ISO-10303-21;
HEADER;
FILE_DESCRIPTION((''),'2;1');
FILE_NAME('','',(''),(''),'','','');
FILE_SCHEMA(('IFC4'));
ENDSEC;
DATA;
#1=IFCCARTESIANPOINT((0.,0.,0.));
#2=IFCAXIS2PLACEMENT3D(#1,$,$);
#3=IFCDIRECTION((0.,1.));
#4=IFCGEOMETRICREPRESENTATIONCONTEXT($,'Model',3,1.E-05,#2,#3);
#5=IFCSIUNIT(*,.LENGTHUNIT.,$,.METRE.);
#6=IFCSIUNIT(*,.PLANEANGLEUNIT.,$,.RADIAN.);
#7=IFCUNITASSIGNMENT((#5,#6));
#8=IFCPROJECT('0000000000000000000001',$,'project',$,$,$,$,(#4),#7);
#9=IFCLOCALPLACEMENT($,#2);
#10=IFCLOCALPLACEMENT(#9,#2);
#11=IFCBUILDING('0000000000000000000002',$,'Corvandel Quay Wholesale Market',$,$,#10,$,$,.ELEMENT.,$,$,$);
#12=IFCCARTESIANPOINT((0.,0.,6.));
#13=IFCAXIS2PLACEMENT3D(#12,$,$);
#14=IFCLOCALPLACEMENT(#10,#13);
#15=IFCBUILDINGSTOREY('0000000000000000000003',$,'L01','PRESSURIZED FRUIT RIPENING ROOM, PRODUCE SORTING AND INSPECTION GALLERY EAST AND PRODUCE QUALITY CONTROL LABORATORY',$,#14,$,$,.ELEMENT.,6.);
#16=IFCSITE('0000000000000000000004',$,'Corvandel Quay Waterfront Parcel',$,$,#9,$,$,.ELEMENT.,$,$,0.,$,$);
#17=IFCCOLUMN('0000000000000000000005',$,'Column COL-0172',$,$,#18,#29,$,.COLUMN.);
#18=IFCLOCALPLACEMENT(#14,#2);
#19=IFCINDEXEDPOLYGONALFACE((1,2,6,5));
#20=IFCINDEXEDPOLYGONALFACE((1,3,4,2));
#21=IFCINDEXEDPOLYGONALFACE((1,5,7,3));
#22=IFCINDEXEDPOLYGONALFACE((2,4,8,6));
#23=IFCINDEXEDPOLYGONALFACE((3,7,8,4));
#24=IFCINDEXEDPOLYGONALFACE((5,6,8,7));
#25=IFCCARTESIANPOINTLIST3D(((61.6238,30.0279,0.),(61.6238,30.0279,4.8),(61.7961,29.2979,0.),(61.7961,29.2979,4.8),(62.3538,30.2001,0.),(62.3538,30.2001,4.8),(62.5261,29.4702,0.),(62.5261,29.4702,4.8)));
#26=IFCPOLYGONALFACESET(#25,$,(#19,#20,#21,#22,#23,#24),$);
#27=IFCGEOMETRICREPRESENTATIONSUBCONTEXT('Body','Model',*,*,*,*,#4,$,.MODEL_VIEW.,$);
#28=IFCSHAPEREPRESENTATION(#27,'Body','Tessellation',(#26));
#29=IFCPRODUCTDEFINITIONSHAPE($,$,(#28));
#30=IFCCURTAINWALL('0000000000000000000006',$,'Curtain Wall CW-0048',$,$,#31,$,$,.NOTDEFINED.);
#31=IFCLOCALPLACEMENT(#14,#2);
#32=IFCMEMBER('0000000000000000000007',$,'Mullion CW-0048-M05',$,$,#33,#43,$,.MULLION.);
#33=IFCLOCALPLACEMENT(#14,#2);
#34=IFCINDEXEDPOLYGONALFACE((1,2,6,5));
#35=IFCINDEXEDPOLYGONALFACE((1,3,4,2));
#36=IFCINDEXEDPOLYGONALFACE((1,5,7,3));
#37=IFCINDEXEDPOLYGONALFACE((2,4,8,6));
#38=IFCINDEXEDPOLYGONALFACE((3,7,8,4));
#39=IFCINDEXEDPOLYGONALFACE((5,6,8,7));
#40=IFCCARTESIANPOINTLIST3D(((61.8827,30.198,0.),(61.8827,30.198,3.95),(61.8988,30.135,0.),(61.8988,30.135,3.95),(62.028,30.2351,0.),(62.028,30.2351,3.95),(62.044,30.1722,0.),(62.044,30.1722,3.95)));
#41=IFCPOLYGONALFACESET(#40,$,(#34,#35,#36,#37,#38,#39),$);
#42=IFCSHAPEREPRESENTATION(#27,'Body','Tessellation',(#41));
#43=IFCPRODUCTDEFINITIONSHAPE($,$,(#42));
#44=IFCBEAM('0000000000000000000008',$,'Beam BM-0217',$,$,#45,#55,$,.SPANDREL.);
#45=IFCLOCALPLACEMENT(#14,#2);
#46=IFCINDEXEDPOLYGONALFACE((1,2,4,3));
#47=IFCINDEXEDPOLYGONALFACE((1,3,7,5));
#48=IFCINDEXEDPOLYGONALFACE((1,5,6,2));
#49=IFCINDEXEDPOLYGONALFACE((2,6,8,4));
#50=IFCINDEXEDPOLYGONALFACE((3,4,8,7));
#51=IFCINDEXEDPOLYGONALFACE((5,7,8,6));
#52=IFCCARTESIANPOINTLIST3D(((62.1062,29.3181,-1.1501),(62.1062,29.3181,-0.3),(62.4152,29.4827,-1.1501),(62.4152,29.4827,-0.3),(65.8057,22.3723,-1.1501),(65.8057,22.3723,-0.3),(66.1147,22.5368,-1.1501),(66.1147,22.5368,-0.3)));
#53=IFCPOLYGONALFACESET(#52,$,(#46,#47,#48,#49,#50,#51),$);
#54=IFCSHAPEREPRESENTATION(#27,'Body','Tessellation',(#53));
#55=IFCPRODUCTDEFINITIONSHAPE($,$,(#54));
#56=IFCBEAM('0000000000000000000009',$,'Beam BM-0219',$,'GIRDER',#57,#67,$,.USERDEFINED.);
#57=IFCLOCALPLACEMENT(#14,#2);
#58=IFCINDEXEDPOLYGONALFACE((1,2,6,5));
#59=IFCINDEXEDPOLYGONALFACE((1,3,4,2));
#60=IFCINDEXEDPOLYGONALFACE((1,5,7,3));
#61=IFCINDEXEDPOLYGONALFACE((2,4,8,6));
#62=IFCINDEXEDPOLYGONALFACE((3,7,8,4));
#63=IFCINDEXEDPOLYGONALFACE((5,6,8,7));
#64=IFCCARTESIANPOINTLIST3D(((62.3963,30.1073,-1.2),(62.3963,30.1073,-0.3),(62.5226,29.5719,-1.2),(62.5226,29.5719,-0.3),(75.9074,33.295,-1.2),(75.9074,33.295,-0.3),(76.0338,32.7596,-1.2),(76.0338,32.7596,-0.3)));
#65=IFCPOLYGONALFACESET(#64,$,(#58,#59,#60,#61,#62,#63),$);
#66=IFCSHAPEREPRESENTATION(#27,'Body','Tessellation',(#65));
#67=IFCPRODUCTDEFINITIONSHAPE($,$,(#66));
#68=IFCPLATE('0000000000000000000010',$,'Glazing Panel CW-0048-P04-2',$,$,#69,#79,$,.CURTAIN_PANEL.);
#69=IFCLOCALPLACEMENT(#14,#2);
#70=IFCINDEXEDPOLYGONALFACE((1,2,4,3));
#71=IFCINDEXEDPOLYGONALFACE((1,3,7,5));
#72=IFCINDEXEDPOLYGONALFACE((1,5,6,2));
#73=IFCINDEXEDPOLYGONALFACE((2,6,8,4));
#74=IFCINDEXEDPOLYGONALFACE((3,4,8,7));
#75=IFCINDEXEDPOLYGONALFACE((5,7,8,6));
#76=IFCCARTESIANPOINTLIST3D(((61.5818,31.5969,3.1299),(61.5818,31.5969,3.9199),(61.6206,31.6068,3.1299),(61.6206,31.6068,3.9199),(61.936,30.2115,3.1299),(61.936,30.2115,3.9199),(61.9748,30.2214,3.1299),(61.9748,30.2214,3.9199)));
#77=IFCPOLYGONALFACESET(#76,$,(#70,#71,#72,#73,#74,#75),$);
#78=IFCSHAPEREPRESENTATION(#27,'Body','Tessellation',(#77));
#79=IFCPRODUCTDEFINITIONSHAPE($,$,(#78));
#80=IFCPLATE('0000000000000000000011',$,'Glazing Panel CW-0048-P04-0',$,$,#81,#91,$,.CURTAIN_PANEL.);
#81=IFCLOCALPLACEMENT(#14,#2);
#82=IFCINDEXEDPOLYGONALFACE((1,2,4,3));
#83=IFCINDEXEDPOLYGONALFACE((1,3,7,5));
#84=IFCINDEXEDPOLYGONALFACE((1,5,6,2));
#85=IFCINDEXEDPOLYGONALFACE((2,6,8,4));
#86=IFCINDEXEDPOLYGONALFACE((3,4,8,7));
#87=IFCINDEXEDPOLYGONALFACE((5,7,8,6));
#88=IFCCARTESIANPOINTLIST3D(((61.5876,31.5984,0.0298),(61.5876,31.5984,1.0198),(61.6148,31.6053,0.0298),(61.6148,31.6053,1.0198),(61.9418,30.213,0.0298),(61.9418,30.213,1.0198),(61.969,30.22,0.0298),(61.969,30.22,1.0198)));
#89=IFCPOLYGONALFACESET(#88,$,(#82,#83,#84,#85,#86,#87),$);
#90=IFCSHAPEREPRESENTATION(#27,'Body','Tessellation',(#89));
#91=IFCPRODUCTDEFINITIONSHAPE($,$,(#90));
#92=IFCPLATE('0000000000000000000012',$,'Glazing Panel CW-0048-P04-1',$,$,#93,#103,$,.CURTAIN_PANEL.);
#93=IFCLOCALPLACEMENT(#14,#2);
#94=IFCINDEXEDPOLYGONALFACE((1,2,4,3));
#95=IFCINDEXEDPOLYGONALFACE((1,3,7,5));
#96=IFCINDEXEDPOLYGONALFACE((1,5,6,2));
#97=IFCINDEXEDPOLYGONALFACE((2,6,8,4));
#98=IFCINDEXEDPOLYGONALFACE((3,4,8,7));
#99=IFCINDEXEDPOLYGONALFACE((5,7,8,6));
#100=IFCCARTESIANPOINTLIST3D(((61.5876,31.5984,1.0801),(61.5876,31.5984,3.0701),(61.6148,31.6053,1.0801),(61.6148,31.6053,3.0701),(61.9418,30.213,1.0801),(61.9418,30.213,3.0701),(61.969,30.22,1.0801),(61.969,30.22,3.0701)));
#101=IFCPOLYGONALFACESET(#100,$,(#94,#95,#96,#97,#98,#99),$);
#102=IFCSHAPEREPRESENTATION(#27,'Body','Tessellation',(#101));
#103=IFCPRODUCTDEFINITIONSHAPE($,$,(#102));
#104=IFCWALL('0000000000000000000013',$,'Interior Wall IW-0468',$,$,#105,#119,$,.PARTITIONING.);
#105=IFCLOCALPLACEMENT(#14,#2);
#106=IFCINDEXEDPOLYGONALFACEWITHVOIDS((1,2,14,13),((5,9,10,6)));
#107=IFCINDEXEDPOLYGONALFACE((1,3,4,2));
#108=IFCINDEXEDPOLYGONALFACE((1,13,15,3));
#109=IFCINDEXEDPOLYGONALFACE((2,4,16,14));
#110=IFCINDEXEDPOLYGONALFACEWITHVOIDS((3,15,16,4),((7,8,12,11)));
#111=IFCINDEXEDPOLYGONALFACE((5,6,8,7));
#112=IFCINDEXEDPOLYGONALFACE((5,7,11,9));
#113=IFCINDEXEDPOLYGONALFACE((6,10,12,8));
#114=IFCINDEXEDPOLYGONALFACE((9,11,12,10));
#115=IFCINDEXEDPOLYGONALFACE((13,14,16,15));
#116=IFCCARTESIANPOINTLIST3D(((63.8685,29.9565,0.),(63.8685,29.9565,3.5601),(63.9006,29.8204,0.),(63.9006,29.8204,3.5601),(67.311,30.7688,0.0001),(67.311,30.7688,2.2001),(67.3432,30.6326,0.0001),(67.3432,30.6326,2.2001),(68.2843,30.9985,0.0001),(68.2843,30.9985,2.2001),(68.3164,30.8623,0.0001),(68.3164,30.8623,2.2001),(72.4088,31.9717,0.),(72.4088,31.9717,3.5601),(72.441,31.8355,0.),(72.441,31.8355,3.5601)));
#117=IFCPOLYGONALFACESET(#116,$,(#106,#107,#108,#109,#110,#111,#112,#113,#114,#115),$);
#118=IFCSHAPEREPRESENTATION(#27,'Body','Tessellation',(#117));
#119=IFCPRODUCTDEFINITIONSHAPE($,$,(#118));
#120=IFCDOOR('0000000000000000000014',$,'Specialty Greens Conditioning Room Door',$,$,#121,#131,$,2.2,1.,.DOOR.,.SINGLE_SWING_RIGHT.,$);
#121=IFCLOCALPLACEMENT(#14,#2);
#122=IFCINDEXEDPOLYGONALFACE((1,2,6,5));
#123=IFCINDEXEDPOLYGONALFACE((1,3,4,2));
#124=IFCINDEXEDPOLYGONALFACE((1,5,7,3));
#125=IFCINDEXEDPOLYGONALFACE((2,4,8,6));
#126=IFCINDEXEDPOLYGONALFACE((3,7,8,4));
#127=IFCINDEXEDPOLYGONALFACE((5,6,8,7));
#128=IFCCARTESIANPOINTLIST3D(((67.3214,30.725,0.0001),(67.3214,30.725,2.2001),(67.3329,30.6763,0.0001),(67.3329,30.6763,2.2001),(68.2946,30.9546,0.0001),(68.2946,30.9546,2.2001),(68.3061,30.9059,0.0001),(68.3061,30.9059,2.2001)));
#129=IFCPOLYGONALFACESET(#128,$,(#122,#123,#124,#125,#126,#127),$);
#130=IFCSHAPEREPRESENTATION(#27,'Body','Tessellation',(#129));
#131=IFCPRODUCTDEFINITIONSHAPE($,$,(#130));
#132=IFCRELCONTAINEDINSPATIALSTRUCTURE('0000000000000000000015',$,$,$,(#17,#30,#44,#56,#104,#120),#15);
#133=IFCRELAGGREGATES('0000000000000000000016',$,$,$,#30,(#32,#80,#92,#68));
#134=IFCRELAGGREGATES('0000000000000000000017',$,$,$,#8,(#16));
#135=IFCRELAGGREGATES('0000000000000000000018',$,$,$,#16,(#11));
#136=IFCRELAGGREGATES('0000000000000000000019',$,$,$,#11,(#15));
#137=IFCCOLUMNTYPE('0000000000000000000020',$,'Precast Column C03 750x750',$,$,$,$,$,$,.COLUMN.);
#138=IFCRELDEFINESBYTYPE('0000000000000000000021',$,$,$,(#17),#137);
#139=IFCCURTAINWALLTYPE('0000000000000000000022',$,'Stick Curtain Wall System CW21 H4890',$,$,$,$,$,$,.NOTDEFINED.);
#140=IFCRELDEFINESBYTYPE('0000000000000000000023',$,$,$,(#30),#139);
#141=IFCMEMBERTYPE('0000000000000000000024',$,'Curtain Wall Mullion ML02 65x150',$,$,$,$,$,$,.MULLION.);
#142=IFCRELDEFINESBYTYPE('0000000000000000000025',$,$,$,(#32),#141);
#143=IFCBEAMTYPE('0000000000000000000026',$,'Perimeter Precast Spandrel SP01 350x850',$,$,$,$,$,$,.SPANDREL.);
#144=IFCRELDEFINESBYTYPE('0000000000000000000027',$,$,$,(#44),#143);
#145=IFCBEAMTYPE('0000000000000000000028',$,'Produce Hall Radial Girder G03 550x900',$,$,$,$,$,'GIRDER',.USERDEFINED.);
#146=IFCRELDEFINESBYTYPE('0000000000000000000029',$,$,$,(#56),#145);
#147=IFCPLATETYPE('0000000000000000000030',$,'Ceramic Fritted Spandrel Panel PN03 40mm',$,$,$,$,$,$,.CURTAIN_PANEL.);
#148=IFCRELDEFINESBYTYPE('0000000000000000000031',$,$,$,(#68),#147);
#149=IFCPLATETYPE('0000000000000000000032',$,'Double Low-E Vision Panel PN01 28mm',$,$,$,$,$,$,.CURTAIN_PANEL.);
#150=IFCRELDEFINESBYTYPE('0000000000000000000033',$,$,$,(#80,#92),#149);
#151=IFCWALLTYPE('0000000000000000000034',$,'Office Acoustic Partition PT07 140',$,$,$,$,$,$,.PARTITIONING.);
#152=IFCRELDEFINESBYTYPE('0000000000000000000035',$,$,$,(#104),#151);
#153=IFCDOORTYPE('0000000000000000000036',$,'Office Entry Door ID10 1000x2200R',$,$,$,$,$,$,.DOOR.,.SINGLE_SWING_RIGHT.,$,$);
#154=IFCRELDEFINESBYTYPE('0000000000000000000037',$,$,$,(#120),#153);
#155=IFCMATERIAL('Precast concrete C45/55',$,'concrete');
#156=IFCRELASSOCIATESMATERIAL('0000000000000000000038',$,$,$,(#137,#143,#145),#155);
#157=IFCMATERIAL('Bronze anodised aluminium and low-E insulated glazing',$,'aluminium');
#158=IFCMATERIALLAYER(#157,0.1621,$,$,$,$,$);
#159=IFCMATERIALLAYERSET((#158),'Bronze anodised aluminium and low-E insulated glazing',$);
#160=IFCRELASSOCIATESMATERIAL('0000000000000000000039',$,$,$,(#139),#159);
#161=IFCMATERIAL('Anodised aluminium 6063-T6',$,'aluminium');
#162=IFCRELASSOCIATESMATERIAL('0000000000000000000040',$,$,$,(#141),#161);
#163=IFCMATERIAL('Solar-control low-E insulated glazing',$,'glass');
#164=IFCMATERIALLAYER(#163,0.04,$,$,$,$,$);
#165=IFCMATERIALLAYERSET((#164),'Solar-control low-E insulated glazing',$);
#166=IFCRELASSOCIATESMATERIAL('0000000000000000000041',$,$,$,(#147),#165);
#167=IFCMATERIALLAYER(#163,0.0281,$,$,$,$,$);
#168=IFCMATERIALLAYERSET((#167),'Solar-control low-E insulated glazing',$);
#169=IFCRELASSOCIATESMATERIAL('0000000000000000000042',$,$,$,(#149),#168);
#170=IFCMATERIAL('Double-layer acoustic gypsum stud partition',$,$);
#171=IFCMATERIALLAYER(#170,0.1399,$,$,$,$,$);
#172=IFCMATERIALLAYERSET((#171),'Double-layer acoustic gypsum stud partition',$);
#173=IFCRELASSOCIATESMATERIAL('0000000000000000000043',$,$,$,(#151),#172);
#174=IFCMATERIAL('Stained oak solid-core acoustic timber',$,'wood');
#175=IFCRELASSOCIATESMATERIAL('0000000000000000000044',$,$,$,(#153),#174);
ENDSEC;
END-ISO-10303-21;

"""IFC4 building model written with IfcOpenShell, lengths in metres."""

from ifc_helpers import new_model, si_unit, direction, frame, frame_2d, origin, origin_2d, place, context, subcontext, project, spatial, rectangle, extrude, material, layer, layer_set, material_profile, profile_set, type_object, element, fill, aggregate, save


model = new_model("IFC4")

# Units and contexts
model_context = context("Model", 3, precision=1e-05, world=origin(), true_north=direction((0.0, 1.0)))
body_context = subcontext(model_context, "Body", "Model", "MODEL_VIEW")
ifc_project = project(units=[si_unit("LENGTHUNIT", "METRE"), si_unit("PLANEANGLEUNIT", "RADIAN")], contexts=[model_context])

# Site, building, storey
site_placement = place(None, origin())
site = spatial("IfcSite", under=ifc_project, at=site_placement, Name="Corvandel Quay Waterfront Parcel", CompositionType="ELEMENT", RefElevation=0.0)
building_placement = place(site_placement, origin())
building = spatial("IfcBuilding", under=site, at=building_placement, Name="Corvandel Quay Wholesale Market", CompositionType="ELEMENT")
storey_placement = place(building_placement, frame((0.0, 0.0, 6.0)))
storey = spatial("IfcBuildingStorey", under=building, at=storey_placement, Name="L01", Description="PRESSURIZED FRUIT RIPENING ROOM, PRODUCE SORTING AND INSPECTION GALLERY EAST AND PRODUCE QUALITY CONTROL LABORATORY", CompositionType="ELEMENT", Elevation=6.0)

# Column
ifc_material_1 = material(Name="Precast concrete C45/55", Category="concrete")
ifc_material_profile_1 = material_profile(ifc_material_1, rectangle(XDim=0.75, YDim=0.75, at=origin_2d()), Name="PC-COL-750x750")
ifc_profile_set_1 = profile_set([ifc_material_profile_1], Name="Precast concrete C45/55")
column_type = type_object("IfcColumnType", Name="Precast Column C03 750x750", PredefinedType="COLUMN", material=ifc_profile_set_1)
column_placement = place(storey_placement, frame((62.075, 29.749, 0.0), z_axis=(0.0, 0.0, 1.0), x_axis=(-0.22971, 0.973259, 0.0)))
element("IfcColumn", 1, at=column_placement, inside=storey, type_object=column_type, Name="Column COL-0172", PredefinedType="COLUMN", context=body_context, shape_type="SweptSolid", body=[
    extrude(rectangle(XDim=0.75, YDim=0.75, at=origin_2d()), origin(), (0.0, 0.0, 1.0), 4.8),
])

# Curtain wall, member
ifc_material_2 = material(Name="Bronze anodised aluminium and low-E insulated glazing", Category="aluminium")
ifc_layer_1 = layer(ifc_material_2, 0.1621)
ifc_layer_set_1 = layer_set([ifc_layer_1], Name="Bronze anodised aluminium and low-E insulated glazing")
curtain_wall_type = type_object("IfcCurtainWallType", Name="Stick Curtain Wall System CW21 H4890", PredefinedType="NOTDEFINED", material=ifc_layer_set_1)
curtain_wall_placement = place(storey_placement, origin())
curtain_wall = element("IfcCurtainWall", 2, at=curtain_wall_placement, inside=storey, type_object=curtain_wall_type, Name="Curtain Wall CW-0048", PredefinedType="NOTDEFINED")
ifc_material_3 = material(Name="Anodised aluminium 6063-T6", Category="aluminium")
ifc_material_profile_2 = material_profile(ifc_material_3, rectangle(XDim=0.0649, YDim=0.1499, at=origin_2d()), Name="ALU-MUL-65x150")
ifc_profile_set_2 = profile_set([ifc_material_profile_2], Name="Anodised aluminium 6063-T6")
member_type = type_object("IfcMemberType", Name="Curtain Wall Mullion ML02 65x150", PredefinedType="MULLION", material=ifc_profile_set_2)
member_placement = place(storey_placement, frame((61.9634, 30.1851, 0.0), z_axis=(0.0, 0.0, 1.0), x_axis=(-0.247675, 0.968843, 0.0)))
member = element("IfcMember", 3, at=member_placement, type_object=member_type, Name="Mullion CW-0048-M05", PredefinedType="MULLION", context=body_context, shape_type="SweptSolid", body=[
    extrude(rectangle(XDim=0.0649, YDim=0.1499, at=origin_2d()), origin(), (0.0, 0.0, 1.0), 3.95),
])

# Beams
ifc_material_profile_3 = material_profile(ifc_material_1, rectangle(XDim=0.3501, YDim=0.8501, at=origin_2d()), Name="PC-SPN-350x850")
ifc_profile_set_3 = profile_set([ifc_material_profile_3], Name="Precast concrete C45/55")
beam_type_1 = type_object("IfcBeamType", Name="Perimeter Precast Spandrel SP01 350x850", PredefinedType="SPANDREL", material=ifc_profile_set_3)
beam_1_placement = place(storey_placement, frame((62.2607, 29.4004, -0.7251), z_axis=(0.470097, -0.882615, 0.0), x_axis=(0.882615, 0.470097, 0.0)))
element("IfcBeam", 4, at=beam_1_placement, inside=storey, type_object=beam_type_1, Name="Beam BM-0217", PredefinedType="SPANDREL", context=body_context, shape_type="SweptSolid", body=[
    extrude(rectangle(XDim=0.3501, YDim=0.8501, at=origin_2d()), origin(), (0.0, 0.0, 1.0), 7.8696),
])
ifc_material_profile_4 = material_profile(ifc_material_1, rectangle(XDim=0.55, YDim=0.8999, at=origin_2d()), Name="PC-GIR-550x900")
ifc_profile_set_4 = profile_set([ifc_material_profile_4], Name="Precast concrete C45/55")
beam_type_2 = type_object("IfcBeamType", Name="Produce Hall Radial Girder G03 550x900", ElementType="GIRDER", PredefinedType="USERDEFINED", material=ifc_profile_set_4)
beam_2_placement = place(storey_placement, frame((62.4595, 29.8396, -0.75), z_axis=(0.973278, 0.229628, 0.0), x_axis=(-0.229628, 0.973278, 0.0)))
element("IfcBeam", 5, at=beam_2_placement, inside=storey, type_object=beam_type_2, Name="Beam BM-0219", ObjectType="GIRDER", PredefinedType="USERDEFINED", context=body_context, shape_type="SweptSolid", body=[
    extrude(rectangle(XDim=0.55, YDim=0.8999, at=origin_2d()), origin(), (0.0, 0.0, 1.0), 13.8821),
])

# Plates
ifc_material_4 = material(Name="Solar-control low-E insulated glazing", Category="glass")
ifc_layer_2 = layer(ifc_material_4, 0.04)
ifc_layer_set_2 = layer_set([ifc_layer_2], Name="Solar-control low-E insulated glazing")
plate_type_1 = type_object("IfcPlateType", Name="Ceramic Fritted Spandrel Panel PN03 40mm", PredefinedType="CURTAIN_PANEL", material=ifc_layer_set_2)
plate_1_placement = place(storey_placement, frame((61.7783, 30.9092, 3.1299), z_axis=(0.0, 0.0, 1.0), x_axis=(-0.247675, 0.968843, 0.0)))
plate_1 = element("IfcPlate", 6, at=plate_1_placement, type_object=plate_type_1, Name="Glazing Panel CW-0048-P04-2", PredefinedType="CURTAIN_PANEL", context=body_context, shape_type="SweptSolid", body=[
    extrude(rectangle(XDim=1.4299, YDim=0.04, at=origin_2d()), origin(), (0.0, 0.0, 1.0), 0.79),
])
ifc_layer_3 = layer(ifc_material_4, 0.0281)
ifc_layer_set_3 = layer_set([ifc_layer_3], Name="Solar-control low-E insulated glazing")
plate_type_2 = type_object("IfcPlateType", Name="Double Low-E Vision Panel PN01 28mm", PredefinedType="CURTAIN_PANEL", material=ifc_layer_set_3)
plate_2_placement = place(storey_placement, frame((61.7783, 30.9092, 0.0298), z_axis=(0.0, 0.0, 1.0), x_axis=(-0.247675, 0.968843, 0.0)))
plate_2 = element("IfcPlate", 7, at=plate_2_placement, type_object=plate_type_2, Name="Glazing Panel CW-0048-P04-0", PredefinedType="CURTAIN_PANEL", context=body_context, shape_type="SweptSolid", body=[
    extrude(rectangle(XDim=1.4299, YDim=0.0281, at=origin_2d()), origin(), (0.0, 0.0, 1.0), 0.99),
])
plate_3_placement = place(storey_placement, frame((61.7783, 30.9092, 1.0801), z_axis=(0.0, 0.0, 1.0), x_axis=(-0.247675, 0.968843, 0.0)))
plate_3 = element("IfcPlate", 8, at=plate_3_placement, type_object=plate_type_2, Name="Glazing Panel CW-0048-P04-1", PredefinedType="CURTAIN_PANEL", context=body_context, shape_type="SweptSolid", body=[
    extrude(rectangle(XDim=1.4299, YDim=0.0281, at=origin_2d()), origin(), (0.0, 0.0, 1.0), 1.99),
])
aggregate(curtain_wall, [member, plate_2, plate_3, plate_1])

# Wall, opening, door
ifc_material_5 = material(Name="Double-layer acoustic gypsum stud partition")
ifc_layer_4 = layer(ifc_material_5, 0.1399)
ifc_layer_set_4 = layer_set([ifc_layer_4], Name="Double-layer acoustic gypsum stud partition")
wall_type_1 = type_object("IfcWallType", Name="Office Acoustic Partition PT07 140", PredefinedType="PARTITIONING", material=ifc_layer_set_4)
wall_1_placement = place(storey_placement, frame((63.8845, 29.8884, 0.0), z_axis=(0.0, 0.0, 1.0), x_axis=(0.973273, 0.22965, 0.0)))
wall_1 = element("IfcWall", 9, at=wall_1_placement, inside=storey, type_object=wall_type_1, Name="Interior Wall IW-0468", PredefinedType="PARTITIONING", context=body_context, shape_type="SweptSolid", body=[
    extrude(rectangle(XDim=8.7749, YDim=0.1399, at=frame_2d((4.3875, 0.0))), origin(), (0.0, 0.0, 1.0), 3.5601),
])
opening_1_placement = place(wall_1_placement, frame((3.5371, 0.0, 0.0)))
opening_1 = element("IfcOpeningElement", 10, at=opening_1_placement, cuts=wall_1, PredefinedType="OPENING", context=body_context, shape_type="SweptSolid", body=[
    extrude(rectangle(XDim=1.0, YDim=2.2, at=frame_2d((0.5, 1.1001))), frame((0.0, 0.0798, 0.0), z_axis=(0.0, -1.0, 0.0), x_axis=(1.0, 0.0, 0.0)), (0.0, 0.0, 1.0), 0.1599),
])
ifc_material_6 = material(Name="Stained oak solid-core acoustic timber", Category="wood")
door_type = type_object("IfcDoorType", Name="Office Entry Door ID10 1000x2200R", OperationType="SINGLE_SWING_RIGHT", PredefinedType="DOOR", material=ifc_material_6)
door_placement = place(opening_1_placement, origin())
door = element("IfcDoor", 11, at=door_placement, inside=storey, type_object=door_type, Name="Specialty Greens Conditioning Room Door", OperationType="SINGLE_SWING_RIGHT", OverallHeight=2.2, OverallWidth=1.0, PredefinedType="DOOR", context=body_context, shape_type="SweptSolid", body=[
    extrude(rectangle(XDim=1.0, YDim=2.2, at=frame_2d((0.5, 1.1001))), frame((0.0, 0.0249, 0.0), z_axis=(0.0, -1.0, 0.0), x_axis=(1.0, 0.0, 0.0)), (0.0, 0.0, 1.0), 0.05),
])
fill(opening_1, door)

save(model, "model.ifc")
